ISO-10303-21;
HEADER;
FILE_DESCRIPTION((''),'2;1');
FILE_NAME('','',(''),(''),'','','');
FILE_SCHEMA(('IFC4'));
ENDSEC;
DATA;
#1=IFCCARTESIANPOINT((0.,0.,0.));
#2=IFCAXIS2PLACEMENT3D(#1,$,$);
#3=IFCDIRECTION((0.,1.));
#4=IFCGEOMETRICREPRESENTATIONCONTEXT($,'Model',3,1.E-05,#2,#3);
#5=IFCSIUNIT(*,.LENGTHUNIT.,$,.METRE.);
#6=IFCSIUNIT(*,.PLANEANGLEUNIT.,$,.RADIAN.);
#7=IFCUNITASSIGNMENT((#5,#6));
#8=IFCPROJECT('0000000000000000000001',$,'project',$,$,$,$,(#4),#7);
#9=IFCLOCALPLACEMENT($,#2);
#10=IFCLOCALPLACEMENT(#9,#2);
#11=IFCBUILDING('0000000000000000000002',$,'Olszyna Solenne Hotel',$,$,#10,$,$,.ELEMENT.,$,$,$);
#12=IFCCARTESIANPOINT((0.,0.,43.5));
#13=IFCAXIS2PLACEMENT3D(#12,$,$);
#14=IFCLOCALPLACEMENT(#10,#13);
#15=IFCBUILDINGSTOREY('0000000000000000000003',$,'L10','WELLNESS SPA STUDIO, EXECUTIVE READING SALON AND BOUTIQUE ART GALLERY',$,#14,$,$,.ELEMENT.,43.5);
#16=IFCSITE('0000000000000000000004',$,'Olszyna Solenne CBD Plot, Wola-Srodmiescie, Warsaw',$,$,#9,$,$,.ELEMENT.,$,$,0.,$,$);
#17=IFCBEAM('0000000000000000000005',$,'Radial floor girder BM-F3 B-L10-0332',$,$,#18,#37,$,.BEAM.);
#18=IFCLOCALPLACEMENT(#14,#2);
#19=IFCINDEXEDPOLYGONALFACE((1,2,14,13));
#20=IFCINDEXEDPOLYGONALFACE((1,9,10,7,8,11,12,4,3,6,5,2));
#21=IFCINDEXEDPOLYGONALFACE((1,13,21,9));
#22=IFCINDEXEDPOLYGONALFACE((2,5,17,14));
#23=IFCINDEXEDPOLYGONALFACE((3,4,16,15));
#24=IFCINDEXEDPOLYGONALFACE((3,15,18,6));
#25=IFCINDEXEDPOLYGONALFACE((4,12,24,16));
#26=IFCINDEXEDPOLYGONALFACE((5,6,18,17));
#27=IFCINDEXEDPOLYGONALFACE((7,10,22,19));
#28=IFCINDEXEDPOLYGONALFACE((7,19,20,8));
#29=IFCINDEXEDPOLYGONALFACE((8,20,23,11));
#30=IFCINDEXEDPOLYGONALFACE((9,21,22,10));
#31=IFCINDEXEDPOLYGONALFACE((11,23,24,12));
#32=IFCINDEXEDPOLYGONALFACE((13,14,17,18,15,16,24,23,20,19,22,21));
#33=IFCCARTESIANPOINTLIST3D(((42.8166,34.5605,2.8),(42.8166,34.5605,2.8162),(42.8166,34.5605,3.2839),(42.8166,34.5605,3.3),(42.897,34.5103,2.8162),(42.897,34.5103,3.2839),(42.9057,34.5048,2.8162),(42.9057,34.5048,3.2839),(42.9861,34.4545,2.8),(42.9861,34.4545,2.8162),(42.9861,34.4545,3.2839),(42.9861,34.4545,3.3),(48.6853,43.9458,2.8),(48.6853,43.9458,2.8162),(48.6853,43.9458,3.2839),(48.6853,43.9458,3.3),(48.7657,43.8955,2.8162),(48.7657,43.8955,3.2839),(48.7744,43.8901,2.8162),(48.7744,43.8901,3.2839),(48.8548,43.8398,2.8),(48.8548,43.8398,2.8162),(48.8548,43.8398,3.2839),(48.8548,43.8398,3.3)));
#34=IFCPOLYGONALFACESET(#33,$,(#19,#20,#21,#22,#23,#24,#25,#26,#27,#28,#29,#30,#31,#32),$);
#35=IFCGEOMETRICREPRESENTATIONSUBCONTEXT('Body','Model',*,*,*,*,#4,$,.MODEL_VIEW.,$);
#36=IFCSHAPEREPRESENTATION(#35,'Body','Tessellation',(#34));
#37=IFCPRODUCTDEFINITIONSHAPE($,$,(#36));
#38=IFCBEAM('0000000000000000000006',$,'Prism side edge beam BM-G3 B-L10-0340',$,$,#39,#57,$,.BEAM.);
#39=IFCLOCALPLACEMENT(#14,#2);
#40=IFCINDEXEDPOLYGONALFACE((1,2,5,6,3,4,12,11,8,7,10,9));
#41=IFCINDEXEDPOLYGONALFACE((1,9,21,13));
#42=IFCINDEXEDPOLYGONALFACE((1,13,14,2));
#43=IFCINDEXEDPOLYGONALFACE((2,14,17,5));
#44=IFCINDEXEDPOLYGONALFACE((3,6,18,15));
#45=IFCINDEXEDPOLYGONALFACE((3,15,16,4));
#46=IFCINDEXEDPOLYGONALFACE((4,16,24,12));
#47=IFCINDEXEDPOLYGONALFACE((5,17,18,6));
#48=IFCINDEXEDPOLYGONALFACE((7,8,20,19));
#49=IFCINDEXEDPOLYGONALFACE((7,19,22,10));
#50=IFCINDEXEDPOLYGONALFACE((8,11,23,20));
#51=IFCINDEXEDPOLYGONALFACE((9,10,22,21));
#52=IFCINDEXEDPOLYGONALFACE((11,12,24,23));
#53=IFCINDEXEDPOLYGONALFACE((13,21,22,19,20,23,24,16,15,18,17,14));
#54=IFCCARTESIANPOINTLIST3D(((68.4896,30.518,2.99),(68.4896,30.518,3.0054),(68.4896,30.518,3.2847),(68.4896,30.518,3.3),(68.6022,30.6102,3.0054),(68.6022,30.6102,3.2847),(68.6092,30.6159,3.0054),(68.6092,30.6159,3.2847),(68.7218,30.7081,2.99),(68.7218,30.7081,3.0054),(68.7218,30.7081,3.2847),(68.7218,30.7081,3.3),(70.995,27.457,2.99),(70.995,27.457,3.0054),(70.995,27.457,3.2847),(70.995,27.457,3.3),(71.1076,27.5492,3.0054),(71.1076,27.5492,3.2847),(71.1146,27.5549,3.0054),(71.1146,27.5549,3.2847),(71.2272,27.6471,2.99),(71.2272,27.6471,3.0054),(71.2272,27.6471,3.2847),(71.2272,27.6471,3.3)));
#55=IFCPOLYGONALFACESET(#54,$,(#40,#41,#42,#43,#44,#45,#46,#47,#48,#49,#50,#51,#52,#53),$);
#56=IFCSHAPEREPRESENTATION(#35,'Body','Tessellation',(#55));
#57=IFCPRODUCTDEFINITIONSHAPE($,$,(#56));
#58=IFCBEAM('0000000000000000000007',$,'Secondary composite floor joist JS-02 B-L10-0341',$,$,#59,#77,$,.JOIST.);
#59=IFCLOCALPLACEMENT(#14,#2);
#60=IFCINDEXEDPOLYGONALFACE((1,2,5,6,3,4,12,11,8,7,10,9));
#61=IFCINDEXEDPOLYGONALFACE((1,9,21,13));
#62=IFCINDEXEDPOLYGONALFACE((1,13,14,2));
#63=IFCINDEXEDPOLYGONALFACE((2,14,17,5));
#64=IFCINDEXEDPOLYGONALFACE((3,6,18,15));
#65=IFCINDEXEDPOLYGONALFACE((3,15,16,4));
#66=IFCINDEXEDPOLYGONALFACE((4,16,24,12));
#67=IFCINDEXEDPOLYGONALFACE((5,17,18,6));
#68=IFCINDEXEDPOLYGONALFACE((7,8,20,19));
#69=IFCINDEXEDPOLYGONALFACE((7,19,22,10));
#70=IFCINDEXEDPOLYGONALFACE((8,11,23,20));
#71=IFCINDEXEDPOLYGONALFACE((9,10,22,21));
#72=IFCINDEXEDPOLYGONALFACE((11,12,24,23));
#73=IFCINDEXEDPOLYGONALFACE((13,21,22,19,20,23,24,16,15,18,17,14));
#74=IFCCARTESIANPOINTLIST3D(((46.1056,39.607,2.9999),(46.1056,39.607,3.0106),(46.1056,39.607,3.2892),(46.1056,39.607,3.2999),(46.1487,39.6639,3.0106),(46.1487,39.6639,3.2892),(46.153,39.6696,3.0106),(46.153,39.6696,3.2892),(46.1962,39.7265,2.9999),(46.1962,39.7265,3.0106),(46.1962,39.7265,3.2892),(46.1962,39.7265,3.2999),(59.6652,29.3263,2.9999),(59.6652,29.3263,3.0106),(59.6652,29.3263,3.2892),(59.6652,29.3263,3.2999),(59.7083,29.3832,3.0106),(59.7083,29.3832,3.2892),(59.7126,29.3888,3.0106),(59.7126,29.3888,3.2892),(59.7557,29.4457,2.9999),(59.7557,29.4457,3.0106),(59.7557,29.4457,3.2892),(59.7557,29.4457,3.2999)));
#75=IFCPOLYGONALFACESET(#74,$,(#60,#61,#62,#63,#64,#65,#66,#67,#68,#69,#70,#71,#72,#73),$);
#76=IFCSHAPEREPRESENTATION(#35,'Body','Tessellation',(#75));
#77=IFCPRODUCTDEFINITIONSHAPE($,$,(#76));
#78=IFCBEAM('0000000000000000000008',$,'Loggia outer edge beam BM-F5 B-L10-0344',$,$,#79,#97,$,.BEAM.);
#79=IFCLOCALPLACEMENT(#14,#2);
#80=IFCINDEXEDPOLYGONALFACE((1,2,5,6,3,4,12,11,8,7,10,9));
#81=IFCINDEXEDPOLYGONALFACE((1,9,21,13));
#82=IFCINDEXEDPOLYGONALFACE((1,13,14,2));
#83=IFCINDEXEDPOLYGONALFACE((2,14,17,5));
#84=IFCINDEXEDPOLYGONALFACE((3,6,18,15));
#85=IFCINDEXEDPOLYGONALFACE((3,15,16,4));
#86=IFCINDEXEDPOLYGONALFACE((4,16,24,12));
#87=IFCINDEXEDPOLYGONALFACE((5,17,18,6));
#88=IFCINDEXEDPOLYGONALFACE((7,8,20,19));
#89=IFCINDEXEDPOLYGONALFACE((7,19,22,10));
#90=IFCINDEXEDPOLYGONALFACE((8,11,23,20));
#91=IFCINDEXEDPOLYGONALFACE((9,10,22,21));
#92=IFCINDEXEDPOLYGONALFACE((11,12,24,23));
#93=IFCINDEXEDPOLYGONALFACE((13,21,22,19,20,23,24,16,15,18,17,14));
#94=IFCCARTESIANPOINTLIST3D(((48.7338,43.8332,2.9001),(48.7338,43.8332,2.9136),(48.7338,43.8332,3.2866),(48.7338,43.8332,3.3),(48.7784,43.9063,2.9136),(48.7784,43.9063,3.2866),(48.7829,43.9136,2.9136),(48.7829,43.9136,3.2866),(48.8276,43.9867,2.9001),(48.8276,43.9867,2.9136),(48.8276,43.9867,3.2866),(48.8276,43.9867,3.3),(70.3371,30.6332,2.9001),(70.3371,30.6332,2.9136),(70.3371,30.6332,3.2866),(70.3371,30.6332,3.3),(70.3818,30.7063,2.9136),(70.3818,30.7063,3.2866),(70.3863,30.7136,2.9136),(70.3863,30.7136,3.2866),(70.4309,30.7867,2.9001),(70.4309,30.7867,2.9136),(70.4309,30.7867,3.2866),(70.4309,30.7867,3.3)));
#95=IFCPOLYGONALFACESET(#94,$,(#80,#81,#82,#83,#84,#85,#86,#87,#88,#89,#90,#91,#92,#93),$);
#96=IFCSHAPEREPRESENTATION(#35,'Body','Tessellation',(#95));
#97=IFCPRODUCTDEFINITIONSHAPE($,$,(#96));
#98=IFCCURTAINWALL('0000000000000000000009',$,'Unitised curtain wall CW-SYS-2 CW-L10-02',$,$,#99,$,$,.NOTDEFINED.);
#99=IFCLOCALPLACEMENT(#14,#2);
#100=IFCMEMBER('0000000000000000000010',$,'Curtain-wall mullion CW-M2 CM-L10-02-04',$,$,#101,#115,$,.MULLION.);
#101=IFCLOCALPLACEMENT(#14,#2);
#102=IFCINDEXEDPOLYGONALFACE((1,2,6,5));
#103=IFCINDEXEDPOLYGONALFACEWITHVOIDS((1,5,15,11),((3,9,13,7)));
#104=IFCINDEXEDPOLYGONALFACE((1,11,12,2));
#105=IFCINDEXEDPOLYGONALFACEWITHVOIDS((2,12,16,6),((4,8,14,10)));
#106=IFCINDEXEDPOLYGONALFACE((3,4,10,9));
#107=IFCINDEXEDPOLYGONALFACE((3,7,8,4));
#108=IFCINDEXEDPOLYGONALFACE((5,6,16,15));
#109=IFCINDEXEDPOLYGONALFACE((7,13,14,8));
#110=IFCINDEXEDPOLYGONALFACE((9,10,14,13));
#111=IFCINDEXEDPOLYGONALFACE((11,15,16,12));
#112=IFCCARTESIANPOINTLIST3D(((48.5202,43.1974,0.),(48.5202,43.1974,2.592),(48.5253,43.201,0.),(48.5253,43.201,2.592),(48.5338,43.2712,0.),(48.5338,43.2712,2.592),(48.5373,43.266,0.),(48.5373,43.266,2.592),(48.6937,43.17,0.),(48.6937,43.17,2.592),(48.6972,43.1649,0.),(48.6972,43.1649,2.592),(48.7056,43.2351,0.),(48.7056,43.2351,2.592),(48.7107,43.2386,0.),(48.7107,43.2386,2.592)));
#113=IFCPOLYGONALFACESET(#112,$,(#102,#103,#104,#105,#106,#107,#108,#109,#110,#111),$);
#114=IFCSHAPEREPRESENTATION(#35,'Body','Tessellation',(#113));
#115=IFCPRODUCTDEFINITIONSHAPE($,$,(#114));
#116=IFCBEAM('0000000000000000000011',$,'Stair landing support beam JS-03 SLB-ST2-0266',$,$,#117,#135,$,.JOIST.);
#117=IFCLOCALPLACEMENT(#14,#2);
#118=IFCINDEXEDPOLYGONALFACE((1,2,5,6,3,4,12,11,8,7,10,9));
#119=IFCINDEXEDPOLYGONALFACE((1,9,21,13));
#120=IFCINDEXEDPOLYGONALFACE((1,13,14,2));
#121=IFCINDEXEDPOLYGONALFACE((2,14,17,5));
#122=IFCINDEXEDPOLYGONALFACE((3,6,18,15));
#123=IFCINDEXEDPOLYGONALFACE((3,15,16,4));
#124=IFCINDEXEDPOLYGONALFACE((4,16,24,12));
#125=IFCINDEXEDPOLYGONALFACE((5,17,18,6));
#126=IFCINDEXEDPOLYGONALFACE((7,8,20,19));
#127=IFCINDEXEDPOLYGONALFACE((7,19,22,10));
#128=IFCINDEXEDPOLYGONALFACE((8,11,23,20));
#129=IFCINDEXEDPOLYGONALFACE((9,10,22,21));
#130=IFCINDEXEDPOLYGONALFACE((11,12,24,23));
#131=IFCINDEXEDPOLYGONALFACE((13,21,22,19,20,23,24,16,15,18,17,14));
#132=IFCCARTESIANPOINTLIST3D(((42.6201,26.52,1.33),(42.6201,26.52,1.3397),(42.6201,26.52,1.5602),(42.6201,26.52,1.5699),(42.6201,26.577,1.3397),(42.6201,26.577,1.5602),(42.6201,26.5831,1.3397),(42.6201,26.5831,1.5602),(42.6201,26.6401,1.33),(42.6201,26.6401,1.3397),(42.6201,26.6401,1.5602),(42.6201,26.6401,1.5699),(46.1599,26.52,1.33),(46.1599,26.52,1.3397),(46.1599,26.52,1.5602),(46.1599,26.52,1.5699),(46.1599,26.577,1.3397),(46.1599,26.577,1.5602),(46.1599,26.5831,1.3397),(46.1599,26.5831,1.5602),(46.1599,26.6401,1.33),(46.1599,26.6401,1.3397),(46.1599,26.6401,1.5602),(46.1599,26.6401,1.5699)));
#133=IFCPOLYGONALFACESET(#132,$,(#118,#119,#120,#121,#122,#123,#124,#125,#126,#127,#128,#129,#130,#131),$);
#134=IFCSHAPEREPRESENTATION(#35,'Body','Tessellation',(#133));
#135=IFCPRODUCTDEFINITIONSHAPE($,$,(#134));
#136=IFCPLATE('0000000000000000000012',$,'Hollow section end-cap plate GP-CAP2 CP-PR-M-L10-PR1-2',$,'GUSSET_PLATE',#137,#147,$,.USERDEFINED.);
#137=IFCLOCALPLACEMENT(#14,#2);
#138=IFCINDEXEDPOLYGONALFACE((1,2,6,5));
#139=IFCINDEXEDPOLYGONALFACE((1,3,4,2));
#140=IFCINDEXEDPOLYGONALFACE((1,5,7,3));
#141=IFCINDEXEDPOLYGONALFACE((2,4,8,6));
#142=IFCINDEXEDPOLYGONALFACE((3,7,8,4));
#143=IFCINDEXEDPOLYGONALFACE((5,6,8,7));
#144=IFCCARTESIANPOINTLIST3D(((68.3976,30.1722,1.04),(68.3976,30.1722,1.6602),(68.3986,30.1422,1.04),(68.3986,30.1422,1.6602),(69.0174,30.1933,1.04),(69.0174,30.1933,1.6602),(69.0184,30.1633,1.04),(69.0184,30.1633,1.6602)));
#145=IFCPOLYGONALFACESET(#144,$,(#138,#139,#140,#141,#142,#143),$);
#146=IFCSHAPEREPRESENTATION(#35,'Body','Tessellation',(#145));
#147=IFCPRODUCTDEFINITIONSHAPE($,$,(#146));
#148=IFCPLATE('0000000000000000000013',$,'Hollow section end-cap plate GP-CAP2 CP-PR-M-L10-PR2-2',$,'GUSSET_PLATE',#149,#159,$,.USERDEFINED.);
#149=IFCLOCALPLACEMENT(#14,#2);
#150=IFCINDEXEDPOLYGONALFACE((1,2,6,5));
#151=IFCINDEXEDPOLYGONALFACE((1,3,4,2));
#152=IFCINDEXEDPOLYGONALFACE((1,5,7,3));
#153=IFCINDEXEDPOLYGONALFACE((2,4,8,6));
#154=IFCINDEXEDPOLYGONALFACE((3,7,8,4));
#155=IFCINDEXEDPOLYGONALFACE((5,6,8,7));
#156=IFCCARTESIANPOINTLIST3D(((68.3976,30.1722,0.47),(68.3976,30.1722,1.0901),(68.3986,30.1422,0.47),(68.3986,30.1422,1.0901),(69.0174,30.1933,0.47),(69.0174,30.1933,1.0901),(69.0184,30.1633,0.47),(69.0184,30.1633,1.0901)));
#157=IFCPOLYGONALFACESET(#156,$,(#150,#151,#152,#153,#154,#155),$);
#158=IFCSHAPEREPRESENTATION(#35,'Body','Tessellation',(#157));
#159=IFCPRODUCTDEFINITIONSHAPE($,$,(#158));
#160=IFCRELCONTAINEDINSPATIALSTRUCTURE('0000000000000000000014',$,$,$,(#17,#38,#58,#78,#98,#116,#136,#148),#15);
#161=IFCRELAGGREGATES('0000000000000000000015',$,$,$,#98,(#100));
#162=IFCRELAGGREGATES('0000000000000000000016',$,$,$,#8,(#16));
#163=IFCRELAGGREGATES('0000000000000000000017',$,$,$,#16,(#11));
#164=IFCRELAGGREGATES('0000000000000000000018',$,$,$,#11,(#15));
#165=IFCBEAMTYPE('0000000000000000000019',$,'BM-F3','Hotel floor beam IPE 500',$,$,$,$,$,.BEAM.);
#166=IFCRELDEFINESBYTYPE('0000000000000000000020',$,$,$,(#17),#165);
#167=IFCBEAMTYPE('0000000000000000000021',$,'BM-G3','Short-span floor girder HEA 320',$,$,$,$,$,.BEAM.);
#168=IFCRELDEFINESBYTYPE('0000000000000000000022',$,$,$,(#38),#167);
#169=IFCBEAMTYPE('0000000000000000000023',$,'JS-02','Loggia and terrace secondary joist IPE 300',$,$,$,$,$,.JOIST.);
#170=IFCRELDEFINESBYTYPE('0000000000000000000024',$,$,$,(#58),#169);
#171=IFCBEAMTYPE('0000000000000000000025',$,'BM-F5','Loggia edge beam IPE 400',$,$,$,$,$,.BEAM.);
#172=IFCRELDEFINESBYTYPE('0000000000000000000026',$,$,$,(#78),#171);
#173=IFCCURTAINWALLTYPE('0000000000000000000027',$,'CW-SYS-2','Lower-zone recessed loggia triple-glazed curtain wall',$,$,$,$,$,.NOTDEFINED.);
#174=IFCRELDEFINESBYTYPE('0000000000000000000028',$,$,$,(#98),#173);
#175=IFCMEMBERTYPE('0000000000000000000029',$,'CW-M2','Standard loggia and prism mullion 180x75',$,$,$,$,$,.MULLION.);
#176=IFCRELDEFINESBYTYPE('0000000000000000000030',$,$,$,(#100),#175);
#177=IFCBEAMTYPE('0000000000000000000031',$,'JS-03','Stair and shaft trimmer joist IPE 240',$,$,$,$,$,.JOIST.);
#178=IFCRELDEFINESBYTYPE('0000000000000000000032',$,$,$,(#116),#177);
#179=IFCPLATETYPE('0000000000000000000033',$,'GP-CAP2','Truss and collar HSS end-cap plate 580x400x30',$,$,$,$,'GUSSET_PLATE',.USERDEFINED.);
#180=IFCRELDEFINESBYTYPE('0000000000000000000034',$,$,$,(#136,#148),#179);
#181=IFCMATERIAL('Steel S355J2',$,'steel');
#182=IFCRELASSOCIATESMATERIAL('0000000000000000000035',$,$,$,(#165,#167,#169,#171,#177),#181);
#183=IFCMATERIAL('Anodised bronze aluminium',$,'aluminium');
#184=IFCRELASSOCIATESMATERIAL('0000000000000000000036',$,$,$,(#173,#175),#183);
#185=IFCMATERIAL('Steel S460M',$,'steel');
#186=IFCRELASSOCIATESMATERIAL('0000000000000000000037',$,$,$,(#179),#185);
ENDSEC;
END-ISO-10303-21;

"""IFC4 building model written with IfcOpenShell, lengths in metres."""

from ifc_helpers import new_model, si_unit, direction, frame, origin, origin_2d, place, context, subcontext, project, spatial, rectangle, hollow_rectangle, i_section, extrude, source, transform, mapped, material, material_profile, profile_set, type_object, element, aggregate, save


model = new_model("IFC4")

# Units and contexts
model_context = context("Model", 3, precision=1e-05, world=origin(), true_north=direction((0.0, 1.0)))
body_context = subcontext(model_context, "Body", "Model", "MODEL_VIEW")
ifc_project = project(units=[si_unit("LENGTHUNIT", "METRE"), si_unit("PLANEANGLEUNIT", "RADIAN")], contexts=[model_context])

# Site, building, storey
site_placement = place(None, origin())
site = spatial("IfcSite", under=ifc_project, at=site_placement, Name="Olszyna Solenne CBD Plot, Wola-Srodmiescie, Warsaw", CompositionType="ELEMENT", RefElevation=0.0)
building_placement = place(site_placement, origin())
building = spatial("IfcBuilding", under=site, at=building_placement, Name="Olszyna Solenne Hotel", CompositionType="ELEMENT")
storey_placement = place(building_placement, frame((0.0, 0.0, 43.5)))
storey = spatial("IfcBuildingStorey", under=building, at=storey_placement, Name="L10", Description="WELLNESS SPA STUDIO, EXECUTIVE READING SALON AND BOUTIQUE ART GALLERY", CompositionType="ELEMENT", Elevation=43.5)

# Shared definitions
ifc_material_1 = material(Name="Steel S460M", Category="steel")

# Beams
ifc_material_2 = material(Name="Steel S355J2", Category="steel")
ifc_material_profile_1 = material_profile(ifc_material_2, i_section(OverallWidth=0.2, OverallDepth=0.5, WebThickness=0.0103, FlangeThickness=0.0161, at=origin_2d()), Name="IPE 500", Category="load-bearing")
ifc_profile_set_1 = profile_set([ifc_material_profile_1], Name="Steel S355J2")
beam_type_1 = type_object("IfcBeamType", Name="BM-F3", Description="Hotel floor beam IPE 500", PredefinedType="BEAM", material=ifc_profile_set_1)
shared_shape_1 = source(origin(), body_context, "Body", "SweptSolid", [
    extrude(i_section(OverallWidth=0.2, OverallDepth=0.5, WebThickness=0.0103, FlangeThickness=0.0161, at=origin_2d()), origin(), (0.0, 0.0, 1.0), 11.0691),
])
beam_1_placement = place(storey_placement, frame((48.77, 43.8928, 3.05), z_axis=(-0.530185, -0.847882, 0.0), x_axis=(0.847882, -0.530185, 0.0)))
element("IfcBeam", 1, at=beam_1_placement, inside=storey, type_object=beam_type_1, Name="Radial floor girder BM-F3 B-L10-0332", PredefinedType="BEAM", context=body_context, shape_type="MappedRepresentation", body=[
    mapped(shared_shape_1, transform((0.0, 0.0, 0.0), x_axis=(1.0, 0.0, 0.0), y_axis=(0.0, 1.0, 0.0), z_axis=(0.0, 0.0, 1.0), scale=1.0)),
])
ifc_material_profile_2 = material_profile(ifc_material_2, i_section(OverallWidth=0.3, OverallDepth=0.3101, WebThickness=0.009, FlangeThickness=0.0154, at=origin_2d()), Name="HEA 320", Category="load-bearing")
ifc_profile_set_2 = profile_set([ifc_material_profile_2], Name="Steel S355J2")
beam_type_2 = type_object("IfcBeamType", Name="BM-G3", Description="Short-span floor girder HEA 320", PredefinedType="BEAM", material=ifc_profile_set_2)
shared_shape_2 = source(origin(), body_context, "Body", "SweptSolid", [
    extrude(i_section(OverallWidth=0.3, OverallDepth=0.3101, WebThickness=0.009, FlangeThickness=0.0154, at=origin_2d()), origin(), (0.0, 0.0, 1.0), 3.9556),
])
beam_2_placement = place(storey_placement, frame((68.6057, 30.613, 3.145), z_axis=(0.633372, -0.773847, 0.0), x_axis=(0.773847, 0.633372, 0.0)))
element("IfcBeam", 2, at=beam_2_placement, inside=storey, type_object=beam_type_2, Name="Prism side edge beam BM-G3 B-L10-0340", PredefinedType="BEAM", context=body_context, shape_type="MappedRepresentation", body=[
    mapped(shared_shape_2, transform((0.0, 0.0, 0.0), x_axis=(1.0, 0.0, 0.0), y_axis=(0.0, 1.0, 0.0), z_axis=(0.0, 0.0, 1.0), scale=1.0)),
])
ifc_material_profile_3 = material_profile(ifc_material_2, i_section(OverallWidth=0.1499, OverallDepth=0.3, WebThickness=0.0071, FlangeThickness=0.0107, at=origin_2d()), Name="IPE 300", Category="load-bearing")
ifc_profile_set_3 = profile_set([ifc_material_profile_3], Name="Steel S355J2")
beam_type_3 = type_object("IfcBeamType", Name="JS-02", Description="Loggia and terrace secondary joist IPE 300", PredefinedType="JOIST", material=ifc_profile_set_3)
shared_shape_3 = source(origin(), body_context, "Body", "SweptSolid", [
    extrude(i_section(OverallWidth=0.1499, OverallDepth=0.3, WebThickness=0.0071, FlangeThickness=0.0107, at=origin_2d()), origin(), (0.0, 0.0, 1.0), 17.0164),
])
beam_3_placement = place(storey_placement, frame((59.7104, 29.386, 3.1499), z_axis=(-0.796856, 0.60417, 0.0), x_axis=(-0.60417, -0.796856, 0.0)))
element("IfcBeam", 3, at=beam_3_placement, inside=storey, type_object=beam_type_3, Name="Secondary composite floor joist JS-02 B-L10-0341", PredefinedType="JOIST", context=body_context, shape_type="MappedRepresentation", body=[
    mapped(shared_shape_3, transform((0.0, 0.0, 0.0), x_axis=(1.0, 0.0, 0.0), y_axis=(0.0, 1.0, 0.0), z_axis=(0.0, 0.0, 1.0), scale=1.0)),
])
ifc_material_profile_4 = material_profile(ifc_material_2, i_section(OverallWidth=0.1799, OverallDepth=0.3999, WebThickness=0.0085, FlangeThickness=0.0134, at=origin_2d()), Name="IPE 400", Category="load-bearing")
ifc_profile_set_4 = profile_set([ifc_material_profile_4], Name="Steel S355J2")
beam_type_4 = type_object("IfcBeamType", Name="BM-F5", Description="Loggia edge beam IPE 400", PredefinedType="BEAM", material=ifc_profile_set_4)
shared_shape_4 = source(origin(), body_context, "Body", "SweptSolid", [
    extrude(i_section(OverallWidth=0.1799, OverallDepth=0.3999, WebThickness=0.0085, FlangeThickness=0.0134, at=origin_2d()), origin(), (0.0, 0.0, 1.0), 25.3169),
])
beam_4_placement = place(storey_placement, frame((70.384, 30.71, 3.1001), z_axis=(-0.853318, 0.521391, 0.0), x_axis=(-0.521391, -0.853318, 0.0)))
element("IfcBeam", 4, at=beam_4_placement, inside=storey, type_object=beam_type_4, Name="Loggia outer edge beam BM-F5 B-L10-0344", PredefinedType="BEAM", context=body_context, shape_type="MappedRepresentation", body=[
    mapped(shared_shape_4, transform((0.0, 0.0, 0.0), x_axis=(1.0, 0.0, 0.0), y_axis=(0.0, 1.0, 0.0), z_axis=(0.0, 0.0, 1.0), scale=1.0)),
])

# Curtain wall, member
ifc_material_3 = material(Name="Anodised bronze aluminium", Category="aluminium")
curtain_wall_type = type_object("IfcCurtainWallType", Name="CW-SYS-2", Description="Lower-zone recessed loggia triple-glazed curtain wall", PredefinedType="NOTDEFINED", material=ifc_material_3)
curtain_wall_placement = place(storey_placement, origin())
curtain_wall = element("IfcCurtainWall", 5, at=curtain_wall_placement, inside=storey, type_object=curtain_wall_type, Name="Unitised curtain wall CW-SYS-2 CW-L10-02", PredefinedType="NOTDEFINED")
ifc_material_profile_5 = material_profile(ifc_material_3, hollow_rectangle(XDim=0.075, YDim=0.1799, WallThickness=0.0044, at=origin_2d()), Name="MULL 180x75x4.5", Category="load-bearing")
ifc_profile_set_5 = profile_set([ifc_material_profile_5], Name="Anodised bronze aluminium")
member_type = type_object("IfcMemberType", Name="CW-M2", Description="Standard loggia and prism mullion 180x75", PredefinedType="MULLION", material=ifc_profile_set_5)
shared_shape_5 = source(origin(), body_context, "Body", "SweptSolid", [
    extrude(hollow_rectangle(XDim=0.075, YDim=0.1799, WallThickness=0.0044, at=origin_2d()), origin(), (0.0, 0.0, 1.0), 2.592),
])
member_placement = place(storey_placement, frame((48.6155, 43.218, 0.0), z_axis=(0.0, 0.0, 1.0), x_axis=(0.180946, 0.983493, 0.0)))
member = element("IfcMember", 6, at=member_placement, type_object=member_type, Name="Curtain-wall mullion CW-M2 CM-L10-02-04", PredefinedType="MULLION", context=body_context, shape_type="MappedRepresentation", body=[
    mapped(shared_shape_5, transform((0.0, 0.0, 0.0), x_axis=(1.0, 0.0, 0.0), y_axis=(0.0, 1.0, 0.0), z_axis=(0.0, 0.0, 1.0), scale=1.0)),
])

# Beam
ifc_material_profile_6 = material_profile(ifc_material_2, i_section(OverallWidth=0.1201, OverallDepth=0.24, WebThickness=0.0061, FlangeThickness=0.0098, at=origin_2d()), Name="IPE 240", Category="load-bearing")
ifc_profile_set_6 = profile_set([ifc_material_profile_6], Name="Steel S355J2")
beam_type_5 = type_object("IfcBeamType", Name="JS-03", Description="Stair and shaft trimmer joist IPE 240", PredefinedType="JOIST", material=ifc_profile_set_6)
shared_shape_6 = source(origin(), body_context, "Body", "SweptSolid", [
    extrude(i_section(OverallWidth=0.1201, OverallDepth=0.24, WebThickness=0.0061, FlangeThickness=0.0098, at=origin_2d()), origin(), (0.0, 0.0, 1.0), 3.5398),
])
beam_5_placement = place(storey_placement, frame((46.1599, 26.5801, 1.45), z_axis=(-1.0, 0.0, 0.0), x_axis=(0.0, -1.0, 0.0)))
element("IfcBeam", 7, at=beam_5_placement, inside=storey, type_object=beam_type_5, Name="Stair landing support beam JS-03 SLB-ST2-0266", PredefinedType="JOIST", context=body_context, shape_type="MappedRepresentation", body=[
    mapped(shared_shape_6, transform((0.0, 0.0, 0.0), x_axis=(1.0, 0.0, 0.0), y_axis=(0.0, 1.0, 0.0), z_axis=(0.0, 0.0, 1.0), scale=1.0)),
])

# Plates
plate_type_1 = type_object("IfcPlateType", Name="GP-CAP2", Description="Truss and collar HSS end-cap plate 580x400x30", ElementType="GUSSET_PLATE", PredefinedType="USERDEFINED", material=ifc_material_1)
shared_shape_7 = source(origin(), body_context, "Body", "SweptSolid", [
    extrude(rectangle(XDim=0.03, YDim=0.6201, at=origin_2d()), origin(), (0.0, 0.0, 1.0), 0.6201),
])
for number, where, z_axis, x_axis, name in (
    (8, (68.708, 30.1677, 1.04), (0.0, 0.0, 1.0), (-0.034027, 0.999421, 0.0), "Hollow section end-cap plate GP-CAP2 CP-PR-M-L10-PR1-2"),
    (9, (68.708, 30.1677, 0.47), (0.0, 0.0, 1.0), (-0.034027, 0.999421, 0.0), "Hollow section end-cap plate GP-CAP2 CP-PR-M-L10-PR2-2"),
):
    element("IfcPlate", number, at=place(storey_placement, frame(where, z_axis=z_axis, x_axis=x_axis)), inside=storey, type_object=plate_type_1, Name=name, ObjectType="GUSSET_PLATE", PredefinedType="USERDEFINED", context=body_context, shape_type="MappedRepresentation", body=[
        mapped(shared_shape_7, transform((0.0, 0.0, 0.0), x_axis=(1.0, 0.0, 0.0), y_axis=(0.0, 1.0, 0.0), z_axis=(0.0, 0.0, 1.0), scale=1.0)),
    ])

aggregate(curtain_wall, [member])

save(model, "model.ifc")
